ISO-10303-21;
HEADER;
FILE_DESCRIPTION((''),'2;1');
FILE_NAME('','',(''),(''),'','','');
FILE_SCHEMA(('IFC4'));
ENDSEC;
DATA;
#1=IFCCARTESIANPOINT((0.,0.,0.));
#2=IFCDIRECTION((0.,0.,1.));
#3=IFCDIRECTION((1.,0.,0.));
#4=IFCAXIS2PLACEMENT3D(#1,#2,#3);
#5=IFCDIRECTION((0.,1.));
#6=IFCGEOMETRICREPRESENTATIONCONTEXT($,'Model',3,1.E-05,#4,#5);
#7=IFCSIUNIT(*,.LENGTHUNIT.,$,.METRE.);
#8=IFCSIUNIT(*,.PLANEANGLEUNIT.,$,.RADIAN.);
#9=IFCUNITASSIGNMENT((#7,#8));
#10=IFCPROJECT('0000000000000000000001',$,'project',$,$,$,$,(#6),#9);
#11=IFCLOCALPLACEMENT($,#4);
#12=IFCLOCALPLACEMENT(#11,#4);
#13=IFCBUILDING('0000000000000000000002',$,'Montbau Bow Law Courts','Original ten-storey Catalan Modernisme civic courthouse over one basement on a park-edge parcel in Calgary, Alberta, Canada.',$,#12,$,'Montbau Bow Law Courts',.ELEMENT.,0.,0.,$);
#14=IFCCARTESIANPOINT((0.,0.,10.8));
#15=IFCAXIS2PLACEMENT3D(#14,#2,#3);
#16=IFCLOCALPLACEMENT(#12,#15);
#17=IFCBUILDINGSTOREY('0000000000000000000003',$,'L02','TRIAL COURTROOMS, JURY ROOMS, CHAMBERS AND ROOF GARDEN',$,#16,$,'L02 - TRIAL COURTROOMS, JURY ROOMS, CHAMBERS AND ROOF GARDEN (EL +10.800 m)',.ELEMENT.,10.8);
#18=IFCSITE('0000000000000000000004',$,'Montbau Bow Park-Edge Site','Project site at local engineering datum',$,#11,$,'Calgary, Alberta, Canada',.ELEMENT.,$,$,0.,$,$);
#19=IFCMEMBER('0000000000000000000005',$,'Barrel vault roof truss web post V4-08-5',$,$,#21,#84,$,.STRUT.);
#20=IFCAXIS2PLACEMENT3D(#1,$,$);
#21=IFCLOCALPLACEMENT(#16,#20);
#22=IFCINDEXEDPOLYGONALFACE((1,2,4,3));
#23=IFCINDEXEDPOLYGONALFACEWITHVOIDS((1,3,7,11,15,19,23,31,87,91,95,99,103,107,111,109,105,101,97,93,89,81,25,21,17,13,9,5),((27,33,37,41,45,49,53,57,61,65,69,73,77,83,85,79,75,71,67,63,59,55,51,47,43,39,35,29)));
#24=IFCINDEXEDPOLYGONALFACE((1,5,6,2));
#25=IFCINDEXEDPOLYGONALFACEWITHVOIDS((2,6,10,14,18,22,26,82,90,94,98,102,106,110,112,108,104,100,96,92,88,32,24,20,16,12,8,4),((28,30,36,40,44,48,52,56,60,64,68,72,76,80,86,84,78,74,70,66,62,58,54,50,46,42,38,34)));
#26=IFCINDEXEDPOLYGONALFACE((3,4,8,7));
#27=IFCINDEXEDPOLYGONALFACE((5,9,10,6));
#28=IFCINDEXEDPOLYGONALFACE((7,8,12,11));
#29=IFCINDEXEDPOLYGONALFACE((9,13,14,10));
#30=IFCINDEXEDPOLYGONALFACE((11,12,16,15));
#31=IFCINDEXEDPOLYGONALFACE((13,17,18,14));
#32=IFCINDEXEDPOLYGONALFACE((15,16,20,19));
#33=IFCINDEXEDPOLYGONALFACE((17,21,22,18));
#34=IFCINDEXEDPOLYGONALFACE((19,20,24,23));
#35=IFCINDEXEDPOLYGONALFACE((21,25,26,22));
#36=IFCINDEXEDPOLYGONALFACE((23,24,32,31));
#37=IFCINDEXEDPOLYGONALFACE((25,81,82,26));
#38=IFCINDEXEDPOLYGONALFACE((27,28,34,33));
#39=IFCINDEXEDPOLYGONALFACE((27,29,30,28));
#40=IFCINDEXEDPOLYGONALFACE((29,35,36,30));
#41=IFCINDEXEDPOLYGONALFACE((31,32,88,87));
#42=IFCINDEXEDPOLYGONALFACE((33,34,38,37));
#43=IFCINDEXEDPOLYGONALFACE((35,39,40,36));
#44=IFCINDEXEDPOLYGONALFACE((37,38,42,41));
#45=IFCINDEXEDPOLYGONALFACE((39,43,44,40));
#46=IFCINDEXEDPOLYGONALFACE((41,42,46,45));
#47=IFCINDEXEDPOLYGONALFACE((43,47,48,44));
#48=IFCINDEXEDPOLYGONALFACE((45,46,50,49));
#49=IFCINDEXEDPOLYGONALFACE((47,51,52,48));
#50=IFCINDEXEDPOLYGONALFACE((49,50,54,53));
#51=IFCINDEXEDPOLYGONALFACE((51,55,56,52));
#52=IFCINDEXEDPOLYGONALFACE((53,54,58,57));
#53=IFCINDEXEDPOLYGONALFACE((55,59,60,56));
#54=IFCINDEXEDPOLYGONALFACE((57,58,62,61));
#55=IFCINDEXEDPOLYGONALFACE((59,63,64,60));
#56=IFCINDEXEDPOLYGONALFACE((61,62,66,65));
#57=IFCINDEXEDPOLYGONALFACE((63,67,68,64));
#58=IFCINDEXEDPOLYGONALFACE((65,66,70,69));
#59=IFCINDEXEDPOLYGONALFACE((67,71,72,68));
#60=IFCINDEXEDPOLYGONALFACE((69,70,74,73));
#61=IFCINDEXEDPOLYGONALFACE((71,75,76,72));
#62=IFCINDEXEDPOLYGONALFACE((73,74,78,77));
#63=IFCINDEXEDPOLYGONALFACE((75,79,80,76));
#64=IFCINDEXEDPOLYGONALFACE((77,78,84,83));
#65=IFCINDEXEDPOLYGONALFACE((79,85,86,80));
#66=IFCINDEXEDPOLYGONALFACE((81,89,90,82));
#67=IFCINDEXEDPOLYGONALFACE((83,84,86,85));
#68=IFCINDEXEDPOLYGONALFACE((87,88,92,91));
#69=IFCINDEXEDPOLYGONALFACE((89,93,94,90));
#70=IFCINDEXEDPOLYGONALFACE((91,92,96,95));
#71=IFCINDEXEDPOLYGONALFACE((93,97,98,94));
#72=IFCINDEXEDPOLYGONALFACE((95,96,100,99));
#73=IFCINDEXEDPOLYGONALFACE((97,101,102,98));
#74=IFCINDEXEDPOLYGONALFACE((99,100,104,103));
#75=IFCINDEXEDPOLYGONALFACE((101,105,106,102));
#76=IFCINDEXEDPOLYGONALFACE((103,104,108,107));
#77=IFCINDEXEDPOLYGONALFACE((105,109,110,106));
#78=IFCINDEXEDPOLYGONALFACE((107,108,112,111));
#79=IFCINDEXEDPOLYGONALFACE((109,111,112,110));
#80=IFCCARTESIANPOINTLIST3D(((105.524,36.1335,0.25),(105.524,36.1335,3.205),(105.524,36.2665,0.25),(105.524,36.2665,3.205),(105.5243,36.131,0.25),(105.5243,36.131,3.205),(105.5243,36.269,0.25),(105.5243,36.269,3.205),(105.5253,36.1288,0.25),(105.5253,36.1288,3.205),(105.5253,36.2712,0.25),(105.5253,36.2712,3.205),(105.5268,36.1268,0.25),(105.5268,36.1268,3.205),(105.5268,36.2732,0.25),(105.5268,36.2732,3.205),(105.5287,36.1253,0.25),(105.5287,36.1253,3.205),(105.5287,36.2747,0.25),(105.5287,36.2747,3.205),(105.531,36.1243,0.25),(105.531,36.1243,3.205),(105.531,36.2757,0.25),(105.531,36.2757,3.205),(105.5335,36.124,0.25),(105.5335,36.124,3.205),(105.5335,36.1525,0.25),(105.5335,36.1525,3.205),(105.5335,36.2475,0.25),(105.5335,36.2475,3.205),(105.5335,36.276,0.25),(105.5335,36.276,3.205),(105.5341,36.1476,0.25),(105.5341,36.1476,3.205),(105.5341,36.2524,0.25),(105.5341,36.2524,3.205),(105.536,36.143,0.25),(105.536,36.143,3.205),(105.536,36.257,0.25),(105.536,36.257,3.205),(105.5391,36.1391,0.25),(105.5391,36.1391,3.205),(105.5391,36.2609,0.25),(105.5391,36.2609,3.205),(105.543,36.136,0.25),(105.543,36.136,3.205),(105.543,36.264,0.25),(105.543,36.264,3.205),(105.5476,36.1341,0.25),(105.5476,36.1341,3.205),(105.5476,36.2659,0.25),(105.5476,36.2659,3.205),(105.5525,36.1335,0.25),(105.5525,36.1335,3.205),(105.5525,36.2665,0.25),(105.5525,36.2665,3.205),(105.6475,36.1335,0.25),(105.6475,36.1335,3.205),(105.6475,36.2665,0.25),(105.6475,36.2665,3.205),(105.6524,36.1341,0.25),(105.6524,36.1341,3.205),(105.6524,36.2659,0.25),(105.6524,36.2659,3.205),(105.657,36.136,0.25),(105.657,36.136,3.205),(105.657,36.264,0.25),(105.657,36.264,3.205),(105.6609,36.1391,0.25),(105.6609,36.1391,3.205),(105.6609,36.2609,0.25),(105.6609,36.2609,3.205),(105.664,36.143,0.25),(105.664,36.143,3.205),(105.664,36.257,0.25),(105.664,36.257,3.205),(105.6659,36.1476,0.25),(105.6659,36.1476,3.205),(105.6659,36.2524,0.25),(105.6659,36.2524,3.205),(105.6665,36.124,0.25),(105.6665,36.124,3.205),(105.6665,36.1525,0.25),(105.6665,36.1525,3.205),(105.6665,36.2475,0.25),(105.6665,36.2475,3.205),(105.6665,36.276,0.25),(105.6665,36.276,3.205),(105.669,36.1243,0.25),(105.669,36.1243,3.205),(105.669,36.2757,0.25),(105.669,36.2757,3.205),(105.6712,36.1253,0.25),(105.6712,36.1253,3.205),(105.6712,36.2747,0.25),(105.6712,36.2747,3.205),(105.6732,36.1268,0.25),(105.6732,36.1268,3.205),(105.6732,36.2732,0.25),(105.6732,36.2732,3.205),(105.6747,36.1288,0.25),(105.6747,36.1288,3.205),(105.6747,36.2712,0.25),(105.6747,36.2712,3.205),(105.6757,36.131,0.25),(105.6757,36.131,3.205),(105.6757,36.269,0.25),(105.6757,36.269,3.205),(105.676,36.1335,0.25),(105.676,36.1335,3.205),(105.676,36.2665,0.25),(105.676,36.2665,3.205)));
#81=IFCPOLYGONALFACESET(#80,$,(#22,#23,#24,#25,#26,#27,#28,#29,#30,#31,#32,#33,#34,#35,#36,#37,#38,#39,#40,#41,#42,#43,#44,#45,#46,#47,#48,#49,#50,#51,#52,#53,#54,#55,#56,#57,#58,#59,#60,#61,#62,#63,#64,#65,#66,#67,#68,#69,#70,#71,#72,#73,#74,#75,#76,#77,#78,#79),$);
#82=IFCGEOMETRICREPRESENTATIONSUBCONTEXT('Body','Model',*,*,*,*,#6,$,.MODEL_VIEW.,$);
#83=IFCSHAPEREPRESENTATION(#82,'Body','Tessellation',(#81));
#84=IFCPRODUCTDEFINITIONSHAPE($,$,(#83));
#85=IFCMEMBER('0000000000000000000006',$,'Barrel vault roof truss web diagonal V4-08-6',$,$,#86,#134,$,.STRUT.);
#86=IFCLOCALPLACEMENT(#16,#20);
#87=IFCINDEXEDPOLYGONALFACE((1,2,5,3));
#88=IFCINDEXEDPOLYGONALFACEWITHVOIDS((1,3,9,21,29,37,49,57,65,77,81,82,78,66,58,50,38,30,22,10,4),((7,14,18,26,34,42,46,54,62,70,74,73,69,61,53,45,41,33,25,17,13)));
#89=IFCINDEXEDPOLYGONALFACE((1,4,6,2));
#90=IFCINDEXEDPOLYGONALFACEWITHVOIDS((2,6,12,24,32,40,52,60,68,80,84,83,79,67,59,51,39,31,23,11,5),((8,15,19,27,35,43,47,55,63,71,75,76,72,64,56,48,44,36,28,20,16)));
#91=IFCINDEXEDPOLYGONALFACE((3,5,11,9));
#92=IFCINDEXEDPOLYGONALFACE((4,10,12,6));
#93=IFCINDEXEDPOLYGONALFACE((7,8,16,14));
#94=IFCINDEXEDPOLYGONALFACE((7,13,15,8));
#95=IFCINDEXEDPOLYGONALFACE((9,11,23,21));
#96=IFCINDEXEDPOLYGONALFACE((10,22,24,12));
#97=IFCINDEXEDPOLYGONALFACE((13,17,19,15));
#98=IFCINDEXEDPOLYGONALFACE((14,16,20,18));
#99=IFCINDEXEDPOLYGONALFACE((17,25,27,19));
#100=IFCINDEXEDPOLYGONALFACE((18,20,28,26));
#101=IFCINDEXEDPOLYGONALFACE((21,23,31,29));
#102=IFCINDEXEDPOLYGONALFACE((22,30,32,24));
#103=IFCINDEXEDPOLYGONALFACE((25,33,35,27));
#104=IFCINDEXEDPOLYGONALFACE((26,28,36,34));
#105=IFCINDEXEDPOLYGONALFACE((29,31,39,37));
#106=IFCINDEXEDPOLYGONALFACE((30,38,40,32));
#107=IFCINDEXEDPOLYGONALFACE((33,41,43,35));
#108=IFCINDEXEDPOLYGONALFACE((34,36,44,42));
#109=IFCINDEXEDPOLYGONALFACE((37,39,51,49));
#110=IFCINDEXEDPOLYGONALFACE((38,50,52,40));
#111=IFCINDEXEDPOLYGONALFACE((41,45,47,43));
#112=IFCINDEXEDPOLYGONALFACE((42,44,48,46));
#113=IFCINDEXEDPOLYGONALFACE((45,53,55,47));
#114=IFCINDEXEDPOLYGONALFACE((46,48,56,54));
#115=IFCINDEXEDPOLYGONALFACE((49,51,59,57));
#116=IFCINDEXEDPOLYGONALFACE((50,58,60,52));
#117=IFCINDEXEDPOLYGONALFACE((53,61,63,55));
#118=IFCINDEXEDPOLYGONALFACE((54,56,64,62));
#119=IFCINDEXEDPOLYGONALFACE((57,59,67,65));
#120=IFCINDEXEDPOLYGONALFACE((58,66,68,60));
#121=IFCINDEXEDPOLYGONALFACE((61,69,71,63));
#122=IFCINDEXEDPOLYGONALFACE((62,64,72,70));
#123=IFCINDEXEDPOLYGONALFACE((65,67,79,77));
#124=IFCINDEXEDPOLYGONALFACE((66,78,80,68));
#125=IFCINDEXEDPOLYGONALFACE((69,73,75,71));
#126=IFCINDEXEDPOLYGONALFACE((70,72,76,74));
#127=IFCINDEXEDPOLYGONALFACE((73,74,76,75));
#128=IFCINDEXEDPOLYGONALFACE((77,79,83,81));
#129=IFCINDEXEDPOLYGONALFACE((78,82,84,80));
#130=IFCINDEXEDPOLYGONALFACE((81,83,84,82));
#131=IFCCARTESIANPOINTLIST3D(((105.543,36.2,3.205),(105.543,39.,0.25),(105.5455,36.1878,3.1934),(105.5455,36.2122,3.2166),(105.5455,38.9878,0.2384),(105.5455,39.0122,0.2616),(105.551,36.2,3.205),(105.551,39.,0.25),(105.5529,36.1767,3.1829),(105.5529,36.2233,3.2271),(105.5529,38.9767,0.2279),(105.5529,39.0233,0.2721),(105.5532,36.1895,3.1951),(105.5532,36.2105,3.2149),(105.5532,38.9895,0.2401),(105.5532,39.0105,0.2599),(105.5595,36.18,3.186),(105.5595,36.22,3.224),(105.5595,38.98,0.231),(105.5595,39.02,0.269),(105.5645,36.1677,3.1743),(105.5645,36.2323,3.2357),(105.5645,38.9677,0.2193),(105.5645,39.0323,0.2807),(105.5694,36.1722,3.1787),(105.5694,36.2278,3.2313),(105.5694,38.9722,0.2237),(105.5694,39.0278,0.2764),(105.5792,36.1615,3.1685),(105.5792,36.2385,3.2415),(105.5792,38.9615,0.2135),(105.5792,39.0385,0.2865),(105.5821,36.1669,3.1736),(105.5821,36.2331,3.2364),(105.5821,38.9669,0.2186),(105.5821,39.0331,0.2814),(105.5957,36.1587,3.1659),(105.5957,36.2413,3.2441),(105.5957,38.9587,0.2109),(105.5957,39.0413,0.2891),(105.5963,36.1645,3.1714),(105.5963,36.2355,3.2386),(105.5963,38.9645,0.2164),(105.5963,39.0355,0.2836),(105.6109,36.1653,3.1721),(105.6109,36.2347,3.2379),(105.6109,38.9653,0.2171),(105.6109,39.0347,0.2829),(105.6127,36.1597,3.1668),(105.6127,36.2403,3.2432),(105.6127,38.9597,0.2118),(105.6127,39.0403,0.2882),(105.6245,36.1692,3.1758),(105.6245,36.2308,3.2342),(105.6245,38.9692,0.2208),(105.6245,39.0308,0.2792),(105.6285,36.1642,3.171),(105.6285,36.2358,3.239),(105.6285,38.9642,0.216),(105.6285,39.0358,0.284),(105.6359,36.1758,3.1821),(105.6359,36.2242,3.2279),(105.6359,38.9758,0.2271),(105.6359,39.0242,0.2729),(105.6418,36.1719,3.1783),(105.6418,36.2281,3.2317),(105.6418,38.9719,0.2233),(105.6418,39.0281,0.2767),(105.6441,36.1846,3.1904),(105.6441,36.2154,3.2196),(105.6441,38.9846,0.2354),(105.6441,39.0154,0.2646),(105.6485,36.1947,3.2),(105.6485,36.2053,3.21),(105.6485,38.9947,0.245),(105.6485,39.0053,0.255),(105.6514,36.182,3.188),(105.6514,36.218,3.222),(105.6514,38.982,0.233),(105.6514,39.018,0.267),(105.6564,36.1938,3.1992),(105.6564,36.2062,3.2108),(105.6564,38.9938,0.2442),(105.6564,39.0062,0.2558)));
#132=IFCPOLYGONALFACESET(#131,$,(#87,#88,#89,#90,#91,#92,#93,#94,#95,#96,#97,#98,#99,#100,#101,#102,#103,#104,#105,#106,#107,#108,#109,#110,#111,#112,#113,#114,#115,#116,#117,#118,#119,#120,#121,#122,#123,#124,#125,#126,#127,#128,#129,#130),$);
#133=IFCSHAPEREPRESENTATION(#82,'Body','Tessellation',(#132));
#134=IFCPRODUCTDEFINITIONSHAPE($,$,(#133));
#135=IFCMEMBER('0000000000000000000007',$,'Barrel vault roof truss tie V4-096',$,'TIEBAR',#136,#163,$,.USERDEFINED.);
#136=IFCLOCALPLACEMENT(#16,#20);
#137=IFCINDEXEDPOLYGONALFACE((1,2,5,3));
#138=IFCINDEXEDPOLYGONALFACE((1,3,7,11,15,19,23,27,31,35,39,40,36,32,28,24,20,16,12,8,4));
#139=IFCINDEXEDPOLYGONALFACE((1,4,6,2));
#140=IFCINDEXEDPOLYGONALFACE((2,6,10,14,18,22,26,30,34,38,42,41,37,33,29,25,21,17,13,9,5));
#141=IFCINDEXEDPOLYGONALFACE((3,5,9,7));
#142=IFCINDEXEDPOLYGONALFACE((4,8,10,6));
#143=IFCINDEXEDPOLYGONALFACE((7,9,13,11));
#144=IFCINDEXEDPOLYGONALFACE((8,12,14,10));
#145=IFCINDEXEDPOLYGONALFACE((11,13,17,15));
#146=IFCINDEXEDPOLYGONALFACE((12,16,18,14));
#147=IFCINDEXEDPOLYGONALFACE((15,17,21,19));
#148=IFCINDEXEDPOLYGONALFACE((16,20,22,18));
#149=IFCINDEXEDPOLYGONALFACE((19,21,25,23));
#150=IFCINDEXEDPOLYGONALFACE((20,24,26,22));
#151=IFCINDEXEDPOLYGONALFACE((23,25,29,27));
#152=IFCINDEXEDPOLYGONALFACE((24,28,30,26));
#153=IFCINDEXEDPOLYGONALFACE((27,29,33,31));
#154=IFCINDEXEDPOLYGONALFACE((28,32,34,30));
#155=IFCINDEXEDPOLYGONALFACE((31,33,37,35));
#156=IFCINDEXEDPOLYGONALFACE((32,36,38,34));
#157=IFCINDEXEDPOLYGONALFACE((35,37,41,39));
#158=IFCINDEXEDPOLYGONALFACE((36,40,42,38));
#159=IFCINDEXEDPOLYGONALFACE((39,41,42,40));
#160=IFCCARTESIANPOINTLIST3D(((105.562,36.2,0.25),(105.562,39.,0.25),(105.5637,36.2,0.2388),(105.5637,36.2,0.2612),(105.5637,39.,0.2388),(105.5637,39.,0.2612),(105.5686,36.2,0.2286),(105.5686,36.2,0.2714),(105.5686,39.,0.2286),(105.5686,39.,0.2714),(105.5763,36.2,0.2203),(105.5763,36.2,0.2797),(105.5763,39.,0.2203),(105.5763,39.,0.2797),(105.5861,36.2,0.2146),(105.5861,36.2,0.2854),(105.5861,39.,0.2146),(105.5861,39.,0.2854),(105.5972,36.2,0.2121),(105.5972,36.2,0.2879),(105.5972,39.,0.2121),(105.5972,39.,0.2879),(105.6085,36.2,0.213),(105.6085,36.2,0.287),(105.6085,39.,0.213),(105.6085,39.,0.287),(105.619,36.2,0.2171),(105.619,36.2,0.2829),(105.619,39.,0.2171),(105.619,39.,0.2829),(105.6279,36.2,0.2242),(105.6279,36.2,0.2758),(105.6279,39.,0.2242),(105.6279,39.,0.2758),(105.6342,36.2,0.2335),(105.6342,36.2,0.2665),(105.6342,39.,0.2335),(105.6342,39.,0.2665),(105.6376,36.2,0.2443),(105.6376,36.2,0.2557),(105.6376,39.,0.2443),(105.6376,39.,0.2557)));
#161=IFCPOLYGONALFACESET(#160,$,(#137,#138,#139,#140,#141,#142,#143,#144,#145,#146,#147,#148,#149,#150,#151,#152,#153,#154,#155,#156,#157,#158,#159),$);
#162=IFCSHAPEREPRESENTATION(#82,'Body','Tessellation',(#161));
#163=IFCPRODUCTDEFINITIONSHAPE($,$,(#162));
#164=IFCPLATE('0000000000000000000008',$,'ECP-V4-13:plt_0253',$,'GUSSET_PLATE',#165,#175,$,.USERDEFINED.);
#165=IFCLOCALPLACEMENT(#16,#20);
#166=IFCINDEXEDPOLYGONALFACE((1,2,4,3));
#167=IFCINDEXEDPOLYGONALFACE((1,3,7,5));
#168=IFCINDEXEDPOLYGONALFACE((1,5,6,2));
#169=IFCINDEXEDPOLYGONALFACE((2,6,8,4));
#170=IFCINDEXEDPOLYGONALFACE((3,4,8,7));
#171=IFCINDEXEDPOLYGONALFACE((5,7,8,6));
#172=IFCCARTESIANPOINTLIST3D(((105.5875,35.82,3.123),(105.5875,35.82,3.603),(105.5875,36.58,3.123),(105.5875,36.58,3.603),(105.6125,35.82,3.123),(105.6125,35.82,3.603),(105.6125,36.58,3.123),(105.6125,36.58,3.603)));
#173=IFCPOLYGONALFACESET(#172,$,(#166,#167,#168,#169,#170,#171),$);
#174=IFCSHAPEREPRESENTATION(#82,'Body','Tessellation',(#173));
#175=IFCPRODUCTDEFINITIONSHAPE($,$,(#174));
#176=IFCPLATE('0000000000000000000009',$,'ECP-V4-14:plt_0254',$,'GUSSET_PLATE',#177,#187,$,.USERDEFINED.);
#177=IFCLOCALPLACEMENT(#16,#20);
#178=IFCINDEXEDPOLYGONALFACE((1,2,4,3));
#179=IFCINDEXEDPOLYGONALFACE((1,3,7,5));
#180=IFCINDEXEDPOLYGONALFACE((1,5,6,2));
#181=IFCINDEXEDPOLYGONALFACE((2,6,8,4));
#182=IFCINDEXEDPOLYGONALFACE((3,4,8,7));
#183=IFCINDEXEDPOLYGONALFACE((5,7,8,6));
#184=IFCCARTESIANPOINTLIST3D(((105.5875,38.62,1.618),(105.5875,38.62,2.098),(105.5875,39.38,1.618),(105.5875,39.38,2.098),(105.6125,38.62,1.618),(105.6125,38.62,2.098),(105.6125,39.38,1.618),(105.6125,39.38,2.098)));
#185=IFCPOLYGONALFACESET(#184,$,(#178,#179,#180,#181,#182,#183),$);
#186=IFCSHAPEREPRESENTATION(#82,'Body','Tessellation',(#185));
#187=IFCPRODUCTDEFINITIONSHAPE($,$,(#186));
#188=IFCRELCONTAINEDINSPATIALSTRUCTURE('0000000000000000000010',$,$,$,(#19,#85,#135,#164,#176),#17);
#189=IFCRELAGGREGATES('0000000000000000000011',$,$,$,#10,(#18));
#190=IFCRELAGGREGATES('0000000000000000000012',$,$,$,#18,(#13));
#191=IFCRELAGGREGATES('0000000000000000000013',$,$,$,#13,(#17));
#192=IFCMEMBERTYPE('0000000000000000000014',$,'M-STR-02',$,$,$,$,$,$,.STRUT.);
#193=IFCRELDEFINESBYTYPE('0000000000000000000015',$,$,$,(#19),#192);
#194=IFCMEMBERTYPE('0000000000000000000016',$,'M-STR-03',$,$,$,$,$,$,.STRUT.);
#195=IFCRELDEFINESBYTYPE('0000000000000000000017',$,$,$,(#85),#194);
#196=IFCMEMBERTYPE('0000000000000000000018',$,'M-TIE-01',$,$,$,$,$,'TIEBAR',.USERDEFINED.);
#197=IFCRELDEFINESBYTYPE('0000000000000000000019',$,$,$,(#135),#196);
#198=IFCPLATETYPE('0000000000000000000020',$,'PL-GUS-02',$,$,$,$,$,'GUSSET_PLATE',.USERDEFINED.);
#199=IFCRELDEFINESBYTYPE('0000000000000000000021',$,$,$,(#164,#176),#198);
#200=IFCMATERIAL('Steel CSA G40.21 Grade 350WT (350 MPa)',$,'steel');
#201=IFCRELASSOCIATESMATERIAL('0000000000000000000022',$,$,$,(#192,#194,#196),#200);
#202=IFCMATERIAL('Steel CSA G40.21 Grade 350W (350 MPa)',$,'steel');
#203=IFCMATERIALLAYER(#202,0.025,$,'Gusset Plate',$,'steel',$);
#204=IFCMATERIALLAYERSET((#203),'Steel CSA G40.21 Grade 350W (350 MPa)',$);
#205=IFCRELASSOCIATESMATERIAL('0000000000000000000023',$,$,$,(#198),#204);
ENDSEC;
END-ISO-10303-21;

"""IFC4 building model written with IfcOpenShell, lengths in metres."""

from ifc_helpers import new_model, si_unit, direction, frame, origin_with_axes, origin_2d_with_axis, place, context, subcontext, project, spatial, rectangle, hollow_rectangle, circle, hollow_circle, extrude, material, layer, layer_set, material_profile, profile_set, type_object, element, save


model = new_model("IFC4")

# Units and contexts
model_context = context("Model", 3, precision=1e-05, world=origin_with_axes(), true_north=direction((0.0, 1.0)))
body_context = subcontext(model_context, "Body", "Model", "MODEL_VIEW")
ifc_project = project(units=[si_unit("LENGTHUNIT", "METRE"), si_unit("PLANEANGLEUNIT", "RADIAN")], contexts=[model_context])

# Site, building, storey
site_placement = place(None, origin_with_axes())
site = spatial("IfcSite", under=ifc_project, at=site_placement, Name="Montbau Bow Park-Edge Site", Description="Project site at local engineering datum", LongName="Calgary, Alberta, Canada", CompositionType="ELEMENT", RefElevation=0.0)
building_placement = place(site_placement, origin_with_axes())
building = spatial("IfcBuilding", under=site, at=building_placement, Name="Montbau Bow Law Courts", Description="Original ten-storey Catalan Modernisme civic courthouse over one basement on a park-edge parcel in Calgary, Alberta, Canada.", LongName="Montbau Bow Law Courts", CompositionType="ELEMENT", ElevationOfRefHeight=0.0, ElevationOfTerrain=0.0)
storey_placement = place(building_placement, frame((0.0, 0.0, 10.8), z_axis=(0.0, 0.0, 1.0), x_axis=(1.0, 0.0, 0.0)))
storey = spatial("IfcBuildingStorey", under=building, at=storey_placement, Name="L02", Description="TRIAL COURTROOMS, JURY ROOMS, CHAMBERS AND ROOF GARDEN", LongName="L02 - TRIAL COURTROOMS, JURY ROOMS, CHAMBERS AND ROOF GARDEN (EL +10.800 m)", CompositionType="ELEMENT", Elevation=10.8)

# Shared definitions
ifc_material_1 = material(Name="Steel CSA G40.21 Grade 350W (350 MPa)", Category="steel")

# Shared definitions
ifc_material_2 = material(Name="Steel CSA G40.21 Grade 350WT (350 MPa)", Category="steel")

# Members
ifc_material_profile_1 = material_profile(ifc_material_2, hollow_rectangle(XDim=0.152, YDim=0.152, WallThickness=0.0095, InnerFilletRadius=0.019, OuterFilletRadius=0.0095, at=origin_2d_with_axis()), Name="HSS152X152X9.5", Category="Main", Priority=0)
ifc_profile_set_1 = profile_set([ifc_material_profile_1], Name="Steel CSA G40.21 Grade 350WT (350 MPa)")
member_type_1 = type_object("IfcMemberType", Name="M-STR-02", PredefinedType="STRUT", material=ifc_profile_set_1)
member_1_placement = place(None, frame((105.6, 36.2, 11.05), z_axis=(0.0, 0.0, 1.0), x_axis=(1.0, 0.0, 0.0)))
element("IfcMember", 1, at=member_1_placement, inside=storey, type_object=member_type_1, Name="Barrel vault roof truss web post V4-08-5", PredefinedType="STRUT", context=body_context, shape_type="SweptSolid", body=[
    extrude(hollow_rectangle(XDim=0.152, YDim=0.152, WallThickness=0.0095, InnerFilletRadius=0.019, OuterFilletRadius=0.0095, at=origin_2d_with_axis()), origin_with_axes(), (0.0, 0.0, 1.0), 2.955),
])
ifc_material_profile_2 = material_profile(ifc_material_2, hollow_circle(Radius=0.057, WallThickness=0.008, at=origin_2d_with_axis()), Name="HSS114X8.0", Category="Main", Priority=0)
ifc_profile_set_2 = profile_set([ifc_material_profile_2], Name="Steel CSA G40.21 Grade 350WT (350 MPa)")
member_type_2 = type_object("IfcMemberType", Name="M-STR-03", PredefinedType="STRUT", material=ifc_profile_set_2)
member_2_placement = place(None, frame((105.6, 36.2, 14.005), z_axis=(0.0, 0.687813, -0.725888), x_axis=(-1.0, 0.0, 0.0)))
element("IfcMember", 2, at=member_2_placement, inside=storey, type_object=member_type_2, Name="Barrel vault roof truss web diagonal V4-08-6", PredefinedType="STRUT", context=body_context, shape_type="SweptSolid", body=[
    extrude(hollow_circle(Radius=0.057, WallThickness=0.008, at=origin_2d_with_axis()), origin_with_axes(), (0.0, 0.0, 1.0), 4.0709),
])
ifc_material_profile_3 = material_profile(ifc_material_2, circle(Radius=0.038, at=origin_2d_with_axis()), Name="ROD76", Category="Main", Priority=0)
ifc_profile_set_3 = profile_set([ifc_material_profile_3], Name="Steel CSA G40.21 Grade 350WT (350 MPa)")
member_type_3 = type_object("IfcMemberType", Name="M-TIE-01", ElementType="TIEBAR", PredefinedType="USERDEFINED", material=ifc_profile_set_3)
member_3_placement = place(None, frame((105.6, 36.2, 11.05), z_axis=(0.0, 1.0, 0.0), x_axis=(-1.0, 0.0, 0.0)))
element("IfcMember", 3, at=member_3_placement, inside=storey, type_object=member_type_3, Name="Barrel vault roof truss tie V4-096", ObjectType="TIEBAR", PredefinedType="USERDEFINED", context=body_context, shape_type="SweptSolid", body=[
    extrude(circle(Radius=0.038, at=origin_2d_with_axis()), origin_with_axes(), (0.0, 0.0, 1.0), 2.8),
])

# Plates
ifc_layer_1 = layer(ifc_material_1, 0.025, Name="Gusset Plate", Category="steel")
ifc_layer_set_1 = layer_set([ifc_layer_1], Name="Steel CSA G40.21 Grade 350W (350 MPa)")
plate_type = type_object("IfcPlateType", Name="PL-GUS-02", ElementType="GUSSET_PLATE", PredefinedType="USERDEFINED", material=ifc_layer_set_1)
for number, where, z_axis, x_axis, name in (
    (4, (105.6, 36.2, 13.923), (0.0, 0.0, 1.0), (1.0, 0.0, 0.0), "ECP-V4-13:plt_0253"),
    (5, (105.6, 39.0, 12.418), (0.0, 0.0, 1.0), (1.0, 0.0, 0.0), "ECP-V4-14:plt_0254"),
):
    element("IfcPlate", number, at=place(None, frame(where, z_axis=z_axis, x_axis=x_axis)), inside=storey, type_object=plate_type, Name=name, ObjectType="GUSSET_PLATE", PredefinedType="USERDEFINED", context=body_context, shape_type="SweptSolid", body=[
        extrude(rectangle(XDim=0.025, YDim=0.76, at=origin_2d_with_axis()), origin_with_axes(), (0.0, 0.0, 1.0), 0.48),
    ])

save(model, "model.ifc")
